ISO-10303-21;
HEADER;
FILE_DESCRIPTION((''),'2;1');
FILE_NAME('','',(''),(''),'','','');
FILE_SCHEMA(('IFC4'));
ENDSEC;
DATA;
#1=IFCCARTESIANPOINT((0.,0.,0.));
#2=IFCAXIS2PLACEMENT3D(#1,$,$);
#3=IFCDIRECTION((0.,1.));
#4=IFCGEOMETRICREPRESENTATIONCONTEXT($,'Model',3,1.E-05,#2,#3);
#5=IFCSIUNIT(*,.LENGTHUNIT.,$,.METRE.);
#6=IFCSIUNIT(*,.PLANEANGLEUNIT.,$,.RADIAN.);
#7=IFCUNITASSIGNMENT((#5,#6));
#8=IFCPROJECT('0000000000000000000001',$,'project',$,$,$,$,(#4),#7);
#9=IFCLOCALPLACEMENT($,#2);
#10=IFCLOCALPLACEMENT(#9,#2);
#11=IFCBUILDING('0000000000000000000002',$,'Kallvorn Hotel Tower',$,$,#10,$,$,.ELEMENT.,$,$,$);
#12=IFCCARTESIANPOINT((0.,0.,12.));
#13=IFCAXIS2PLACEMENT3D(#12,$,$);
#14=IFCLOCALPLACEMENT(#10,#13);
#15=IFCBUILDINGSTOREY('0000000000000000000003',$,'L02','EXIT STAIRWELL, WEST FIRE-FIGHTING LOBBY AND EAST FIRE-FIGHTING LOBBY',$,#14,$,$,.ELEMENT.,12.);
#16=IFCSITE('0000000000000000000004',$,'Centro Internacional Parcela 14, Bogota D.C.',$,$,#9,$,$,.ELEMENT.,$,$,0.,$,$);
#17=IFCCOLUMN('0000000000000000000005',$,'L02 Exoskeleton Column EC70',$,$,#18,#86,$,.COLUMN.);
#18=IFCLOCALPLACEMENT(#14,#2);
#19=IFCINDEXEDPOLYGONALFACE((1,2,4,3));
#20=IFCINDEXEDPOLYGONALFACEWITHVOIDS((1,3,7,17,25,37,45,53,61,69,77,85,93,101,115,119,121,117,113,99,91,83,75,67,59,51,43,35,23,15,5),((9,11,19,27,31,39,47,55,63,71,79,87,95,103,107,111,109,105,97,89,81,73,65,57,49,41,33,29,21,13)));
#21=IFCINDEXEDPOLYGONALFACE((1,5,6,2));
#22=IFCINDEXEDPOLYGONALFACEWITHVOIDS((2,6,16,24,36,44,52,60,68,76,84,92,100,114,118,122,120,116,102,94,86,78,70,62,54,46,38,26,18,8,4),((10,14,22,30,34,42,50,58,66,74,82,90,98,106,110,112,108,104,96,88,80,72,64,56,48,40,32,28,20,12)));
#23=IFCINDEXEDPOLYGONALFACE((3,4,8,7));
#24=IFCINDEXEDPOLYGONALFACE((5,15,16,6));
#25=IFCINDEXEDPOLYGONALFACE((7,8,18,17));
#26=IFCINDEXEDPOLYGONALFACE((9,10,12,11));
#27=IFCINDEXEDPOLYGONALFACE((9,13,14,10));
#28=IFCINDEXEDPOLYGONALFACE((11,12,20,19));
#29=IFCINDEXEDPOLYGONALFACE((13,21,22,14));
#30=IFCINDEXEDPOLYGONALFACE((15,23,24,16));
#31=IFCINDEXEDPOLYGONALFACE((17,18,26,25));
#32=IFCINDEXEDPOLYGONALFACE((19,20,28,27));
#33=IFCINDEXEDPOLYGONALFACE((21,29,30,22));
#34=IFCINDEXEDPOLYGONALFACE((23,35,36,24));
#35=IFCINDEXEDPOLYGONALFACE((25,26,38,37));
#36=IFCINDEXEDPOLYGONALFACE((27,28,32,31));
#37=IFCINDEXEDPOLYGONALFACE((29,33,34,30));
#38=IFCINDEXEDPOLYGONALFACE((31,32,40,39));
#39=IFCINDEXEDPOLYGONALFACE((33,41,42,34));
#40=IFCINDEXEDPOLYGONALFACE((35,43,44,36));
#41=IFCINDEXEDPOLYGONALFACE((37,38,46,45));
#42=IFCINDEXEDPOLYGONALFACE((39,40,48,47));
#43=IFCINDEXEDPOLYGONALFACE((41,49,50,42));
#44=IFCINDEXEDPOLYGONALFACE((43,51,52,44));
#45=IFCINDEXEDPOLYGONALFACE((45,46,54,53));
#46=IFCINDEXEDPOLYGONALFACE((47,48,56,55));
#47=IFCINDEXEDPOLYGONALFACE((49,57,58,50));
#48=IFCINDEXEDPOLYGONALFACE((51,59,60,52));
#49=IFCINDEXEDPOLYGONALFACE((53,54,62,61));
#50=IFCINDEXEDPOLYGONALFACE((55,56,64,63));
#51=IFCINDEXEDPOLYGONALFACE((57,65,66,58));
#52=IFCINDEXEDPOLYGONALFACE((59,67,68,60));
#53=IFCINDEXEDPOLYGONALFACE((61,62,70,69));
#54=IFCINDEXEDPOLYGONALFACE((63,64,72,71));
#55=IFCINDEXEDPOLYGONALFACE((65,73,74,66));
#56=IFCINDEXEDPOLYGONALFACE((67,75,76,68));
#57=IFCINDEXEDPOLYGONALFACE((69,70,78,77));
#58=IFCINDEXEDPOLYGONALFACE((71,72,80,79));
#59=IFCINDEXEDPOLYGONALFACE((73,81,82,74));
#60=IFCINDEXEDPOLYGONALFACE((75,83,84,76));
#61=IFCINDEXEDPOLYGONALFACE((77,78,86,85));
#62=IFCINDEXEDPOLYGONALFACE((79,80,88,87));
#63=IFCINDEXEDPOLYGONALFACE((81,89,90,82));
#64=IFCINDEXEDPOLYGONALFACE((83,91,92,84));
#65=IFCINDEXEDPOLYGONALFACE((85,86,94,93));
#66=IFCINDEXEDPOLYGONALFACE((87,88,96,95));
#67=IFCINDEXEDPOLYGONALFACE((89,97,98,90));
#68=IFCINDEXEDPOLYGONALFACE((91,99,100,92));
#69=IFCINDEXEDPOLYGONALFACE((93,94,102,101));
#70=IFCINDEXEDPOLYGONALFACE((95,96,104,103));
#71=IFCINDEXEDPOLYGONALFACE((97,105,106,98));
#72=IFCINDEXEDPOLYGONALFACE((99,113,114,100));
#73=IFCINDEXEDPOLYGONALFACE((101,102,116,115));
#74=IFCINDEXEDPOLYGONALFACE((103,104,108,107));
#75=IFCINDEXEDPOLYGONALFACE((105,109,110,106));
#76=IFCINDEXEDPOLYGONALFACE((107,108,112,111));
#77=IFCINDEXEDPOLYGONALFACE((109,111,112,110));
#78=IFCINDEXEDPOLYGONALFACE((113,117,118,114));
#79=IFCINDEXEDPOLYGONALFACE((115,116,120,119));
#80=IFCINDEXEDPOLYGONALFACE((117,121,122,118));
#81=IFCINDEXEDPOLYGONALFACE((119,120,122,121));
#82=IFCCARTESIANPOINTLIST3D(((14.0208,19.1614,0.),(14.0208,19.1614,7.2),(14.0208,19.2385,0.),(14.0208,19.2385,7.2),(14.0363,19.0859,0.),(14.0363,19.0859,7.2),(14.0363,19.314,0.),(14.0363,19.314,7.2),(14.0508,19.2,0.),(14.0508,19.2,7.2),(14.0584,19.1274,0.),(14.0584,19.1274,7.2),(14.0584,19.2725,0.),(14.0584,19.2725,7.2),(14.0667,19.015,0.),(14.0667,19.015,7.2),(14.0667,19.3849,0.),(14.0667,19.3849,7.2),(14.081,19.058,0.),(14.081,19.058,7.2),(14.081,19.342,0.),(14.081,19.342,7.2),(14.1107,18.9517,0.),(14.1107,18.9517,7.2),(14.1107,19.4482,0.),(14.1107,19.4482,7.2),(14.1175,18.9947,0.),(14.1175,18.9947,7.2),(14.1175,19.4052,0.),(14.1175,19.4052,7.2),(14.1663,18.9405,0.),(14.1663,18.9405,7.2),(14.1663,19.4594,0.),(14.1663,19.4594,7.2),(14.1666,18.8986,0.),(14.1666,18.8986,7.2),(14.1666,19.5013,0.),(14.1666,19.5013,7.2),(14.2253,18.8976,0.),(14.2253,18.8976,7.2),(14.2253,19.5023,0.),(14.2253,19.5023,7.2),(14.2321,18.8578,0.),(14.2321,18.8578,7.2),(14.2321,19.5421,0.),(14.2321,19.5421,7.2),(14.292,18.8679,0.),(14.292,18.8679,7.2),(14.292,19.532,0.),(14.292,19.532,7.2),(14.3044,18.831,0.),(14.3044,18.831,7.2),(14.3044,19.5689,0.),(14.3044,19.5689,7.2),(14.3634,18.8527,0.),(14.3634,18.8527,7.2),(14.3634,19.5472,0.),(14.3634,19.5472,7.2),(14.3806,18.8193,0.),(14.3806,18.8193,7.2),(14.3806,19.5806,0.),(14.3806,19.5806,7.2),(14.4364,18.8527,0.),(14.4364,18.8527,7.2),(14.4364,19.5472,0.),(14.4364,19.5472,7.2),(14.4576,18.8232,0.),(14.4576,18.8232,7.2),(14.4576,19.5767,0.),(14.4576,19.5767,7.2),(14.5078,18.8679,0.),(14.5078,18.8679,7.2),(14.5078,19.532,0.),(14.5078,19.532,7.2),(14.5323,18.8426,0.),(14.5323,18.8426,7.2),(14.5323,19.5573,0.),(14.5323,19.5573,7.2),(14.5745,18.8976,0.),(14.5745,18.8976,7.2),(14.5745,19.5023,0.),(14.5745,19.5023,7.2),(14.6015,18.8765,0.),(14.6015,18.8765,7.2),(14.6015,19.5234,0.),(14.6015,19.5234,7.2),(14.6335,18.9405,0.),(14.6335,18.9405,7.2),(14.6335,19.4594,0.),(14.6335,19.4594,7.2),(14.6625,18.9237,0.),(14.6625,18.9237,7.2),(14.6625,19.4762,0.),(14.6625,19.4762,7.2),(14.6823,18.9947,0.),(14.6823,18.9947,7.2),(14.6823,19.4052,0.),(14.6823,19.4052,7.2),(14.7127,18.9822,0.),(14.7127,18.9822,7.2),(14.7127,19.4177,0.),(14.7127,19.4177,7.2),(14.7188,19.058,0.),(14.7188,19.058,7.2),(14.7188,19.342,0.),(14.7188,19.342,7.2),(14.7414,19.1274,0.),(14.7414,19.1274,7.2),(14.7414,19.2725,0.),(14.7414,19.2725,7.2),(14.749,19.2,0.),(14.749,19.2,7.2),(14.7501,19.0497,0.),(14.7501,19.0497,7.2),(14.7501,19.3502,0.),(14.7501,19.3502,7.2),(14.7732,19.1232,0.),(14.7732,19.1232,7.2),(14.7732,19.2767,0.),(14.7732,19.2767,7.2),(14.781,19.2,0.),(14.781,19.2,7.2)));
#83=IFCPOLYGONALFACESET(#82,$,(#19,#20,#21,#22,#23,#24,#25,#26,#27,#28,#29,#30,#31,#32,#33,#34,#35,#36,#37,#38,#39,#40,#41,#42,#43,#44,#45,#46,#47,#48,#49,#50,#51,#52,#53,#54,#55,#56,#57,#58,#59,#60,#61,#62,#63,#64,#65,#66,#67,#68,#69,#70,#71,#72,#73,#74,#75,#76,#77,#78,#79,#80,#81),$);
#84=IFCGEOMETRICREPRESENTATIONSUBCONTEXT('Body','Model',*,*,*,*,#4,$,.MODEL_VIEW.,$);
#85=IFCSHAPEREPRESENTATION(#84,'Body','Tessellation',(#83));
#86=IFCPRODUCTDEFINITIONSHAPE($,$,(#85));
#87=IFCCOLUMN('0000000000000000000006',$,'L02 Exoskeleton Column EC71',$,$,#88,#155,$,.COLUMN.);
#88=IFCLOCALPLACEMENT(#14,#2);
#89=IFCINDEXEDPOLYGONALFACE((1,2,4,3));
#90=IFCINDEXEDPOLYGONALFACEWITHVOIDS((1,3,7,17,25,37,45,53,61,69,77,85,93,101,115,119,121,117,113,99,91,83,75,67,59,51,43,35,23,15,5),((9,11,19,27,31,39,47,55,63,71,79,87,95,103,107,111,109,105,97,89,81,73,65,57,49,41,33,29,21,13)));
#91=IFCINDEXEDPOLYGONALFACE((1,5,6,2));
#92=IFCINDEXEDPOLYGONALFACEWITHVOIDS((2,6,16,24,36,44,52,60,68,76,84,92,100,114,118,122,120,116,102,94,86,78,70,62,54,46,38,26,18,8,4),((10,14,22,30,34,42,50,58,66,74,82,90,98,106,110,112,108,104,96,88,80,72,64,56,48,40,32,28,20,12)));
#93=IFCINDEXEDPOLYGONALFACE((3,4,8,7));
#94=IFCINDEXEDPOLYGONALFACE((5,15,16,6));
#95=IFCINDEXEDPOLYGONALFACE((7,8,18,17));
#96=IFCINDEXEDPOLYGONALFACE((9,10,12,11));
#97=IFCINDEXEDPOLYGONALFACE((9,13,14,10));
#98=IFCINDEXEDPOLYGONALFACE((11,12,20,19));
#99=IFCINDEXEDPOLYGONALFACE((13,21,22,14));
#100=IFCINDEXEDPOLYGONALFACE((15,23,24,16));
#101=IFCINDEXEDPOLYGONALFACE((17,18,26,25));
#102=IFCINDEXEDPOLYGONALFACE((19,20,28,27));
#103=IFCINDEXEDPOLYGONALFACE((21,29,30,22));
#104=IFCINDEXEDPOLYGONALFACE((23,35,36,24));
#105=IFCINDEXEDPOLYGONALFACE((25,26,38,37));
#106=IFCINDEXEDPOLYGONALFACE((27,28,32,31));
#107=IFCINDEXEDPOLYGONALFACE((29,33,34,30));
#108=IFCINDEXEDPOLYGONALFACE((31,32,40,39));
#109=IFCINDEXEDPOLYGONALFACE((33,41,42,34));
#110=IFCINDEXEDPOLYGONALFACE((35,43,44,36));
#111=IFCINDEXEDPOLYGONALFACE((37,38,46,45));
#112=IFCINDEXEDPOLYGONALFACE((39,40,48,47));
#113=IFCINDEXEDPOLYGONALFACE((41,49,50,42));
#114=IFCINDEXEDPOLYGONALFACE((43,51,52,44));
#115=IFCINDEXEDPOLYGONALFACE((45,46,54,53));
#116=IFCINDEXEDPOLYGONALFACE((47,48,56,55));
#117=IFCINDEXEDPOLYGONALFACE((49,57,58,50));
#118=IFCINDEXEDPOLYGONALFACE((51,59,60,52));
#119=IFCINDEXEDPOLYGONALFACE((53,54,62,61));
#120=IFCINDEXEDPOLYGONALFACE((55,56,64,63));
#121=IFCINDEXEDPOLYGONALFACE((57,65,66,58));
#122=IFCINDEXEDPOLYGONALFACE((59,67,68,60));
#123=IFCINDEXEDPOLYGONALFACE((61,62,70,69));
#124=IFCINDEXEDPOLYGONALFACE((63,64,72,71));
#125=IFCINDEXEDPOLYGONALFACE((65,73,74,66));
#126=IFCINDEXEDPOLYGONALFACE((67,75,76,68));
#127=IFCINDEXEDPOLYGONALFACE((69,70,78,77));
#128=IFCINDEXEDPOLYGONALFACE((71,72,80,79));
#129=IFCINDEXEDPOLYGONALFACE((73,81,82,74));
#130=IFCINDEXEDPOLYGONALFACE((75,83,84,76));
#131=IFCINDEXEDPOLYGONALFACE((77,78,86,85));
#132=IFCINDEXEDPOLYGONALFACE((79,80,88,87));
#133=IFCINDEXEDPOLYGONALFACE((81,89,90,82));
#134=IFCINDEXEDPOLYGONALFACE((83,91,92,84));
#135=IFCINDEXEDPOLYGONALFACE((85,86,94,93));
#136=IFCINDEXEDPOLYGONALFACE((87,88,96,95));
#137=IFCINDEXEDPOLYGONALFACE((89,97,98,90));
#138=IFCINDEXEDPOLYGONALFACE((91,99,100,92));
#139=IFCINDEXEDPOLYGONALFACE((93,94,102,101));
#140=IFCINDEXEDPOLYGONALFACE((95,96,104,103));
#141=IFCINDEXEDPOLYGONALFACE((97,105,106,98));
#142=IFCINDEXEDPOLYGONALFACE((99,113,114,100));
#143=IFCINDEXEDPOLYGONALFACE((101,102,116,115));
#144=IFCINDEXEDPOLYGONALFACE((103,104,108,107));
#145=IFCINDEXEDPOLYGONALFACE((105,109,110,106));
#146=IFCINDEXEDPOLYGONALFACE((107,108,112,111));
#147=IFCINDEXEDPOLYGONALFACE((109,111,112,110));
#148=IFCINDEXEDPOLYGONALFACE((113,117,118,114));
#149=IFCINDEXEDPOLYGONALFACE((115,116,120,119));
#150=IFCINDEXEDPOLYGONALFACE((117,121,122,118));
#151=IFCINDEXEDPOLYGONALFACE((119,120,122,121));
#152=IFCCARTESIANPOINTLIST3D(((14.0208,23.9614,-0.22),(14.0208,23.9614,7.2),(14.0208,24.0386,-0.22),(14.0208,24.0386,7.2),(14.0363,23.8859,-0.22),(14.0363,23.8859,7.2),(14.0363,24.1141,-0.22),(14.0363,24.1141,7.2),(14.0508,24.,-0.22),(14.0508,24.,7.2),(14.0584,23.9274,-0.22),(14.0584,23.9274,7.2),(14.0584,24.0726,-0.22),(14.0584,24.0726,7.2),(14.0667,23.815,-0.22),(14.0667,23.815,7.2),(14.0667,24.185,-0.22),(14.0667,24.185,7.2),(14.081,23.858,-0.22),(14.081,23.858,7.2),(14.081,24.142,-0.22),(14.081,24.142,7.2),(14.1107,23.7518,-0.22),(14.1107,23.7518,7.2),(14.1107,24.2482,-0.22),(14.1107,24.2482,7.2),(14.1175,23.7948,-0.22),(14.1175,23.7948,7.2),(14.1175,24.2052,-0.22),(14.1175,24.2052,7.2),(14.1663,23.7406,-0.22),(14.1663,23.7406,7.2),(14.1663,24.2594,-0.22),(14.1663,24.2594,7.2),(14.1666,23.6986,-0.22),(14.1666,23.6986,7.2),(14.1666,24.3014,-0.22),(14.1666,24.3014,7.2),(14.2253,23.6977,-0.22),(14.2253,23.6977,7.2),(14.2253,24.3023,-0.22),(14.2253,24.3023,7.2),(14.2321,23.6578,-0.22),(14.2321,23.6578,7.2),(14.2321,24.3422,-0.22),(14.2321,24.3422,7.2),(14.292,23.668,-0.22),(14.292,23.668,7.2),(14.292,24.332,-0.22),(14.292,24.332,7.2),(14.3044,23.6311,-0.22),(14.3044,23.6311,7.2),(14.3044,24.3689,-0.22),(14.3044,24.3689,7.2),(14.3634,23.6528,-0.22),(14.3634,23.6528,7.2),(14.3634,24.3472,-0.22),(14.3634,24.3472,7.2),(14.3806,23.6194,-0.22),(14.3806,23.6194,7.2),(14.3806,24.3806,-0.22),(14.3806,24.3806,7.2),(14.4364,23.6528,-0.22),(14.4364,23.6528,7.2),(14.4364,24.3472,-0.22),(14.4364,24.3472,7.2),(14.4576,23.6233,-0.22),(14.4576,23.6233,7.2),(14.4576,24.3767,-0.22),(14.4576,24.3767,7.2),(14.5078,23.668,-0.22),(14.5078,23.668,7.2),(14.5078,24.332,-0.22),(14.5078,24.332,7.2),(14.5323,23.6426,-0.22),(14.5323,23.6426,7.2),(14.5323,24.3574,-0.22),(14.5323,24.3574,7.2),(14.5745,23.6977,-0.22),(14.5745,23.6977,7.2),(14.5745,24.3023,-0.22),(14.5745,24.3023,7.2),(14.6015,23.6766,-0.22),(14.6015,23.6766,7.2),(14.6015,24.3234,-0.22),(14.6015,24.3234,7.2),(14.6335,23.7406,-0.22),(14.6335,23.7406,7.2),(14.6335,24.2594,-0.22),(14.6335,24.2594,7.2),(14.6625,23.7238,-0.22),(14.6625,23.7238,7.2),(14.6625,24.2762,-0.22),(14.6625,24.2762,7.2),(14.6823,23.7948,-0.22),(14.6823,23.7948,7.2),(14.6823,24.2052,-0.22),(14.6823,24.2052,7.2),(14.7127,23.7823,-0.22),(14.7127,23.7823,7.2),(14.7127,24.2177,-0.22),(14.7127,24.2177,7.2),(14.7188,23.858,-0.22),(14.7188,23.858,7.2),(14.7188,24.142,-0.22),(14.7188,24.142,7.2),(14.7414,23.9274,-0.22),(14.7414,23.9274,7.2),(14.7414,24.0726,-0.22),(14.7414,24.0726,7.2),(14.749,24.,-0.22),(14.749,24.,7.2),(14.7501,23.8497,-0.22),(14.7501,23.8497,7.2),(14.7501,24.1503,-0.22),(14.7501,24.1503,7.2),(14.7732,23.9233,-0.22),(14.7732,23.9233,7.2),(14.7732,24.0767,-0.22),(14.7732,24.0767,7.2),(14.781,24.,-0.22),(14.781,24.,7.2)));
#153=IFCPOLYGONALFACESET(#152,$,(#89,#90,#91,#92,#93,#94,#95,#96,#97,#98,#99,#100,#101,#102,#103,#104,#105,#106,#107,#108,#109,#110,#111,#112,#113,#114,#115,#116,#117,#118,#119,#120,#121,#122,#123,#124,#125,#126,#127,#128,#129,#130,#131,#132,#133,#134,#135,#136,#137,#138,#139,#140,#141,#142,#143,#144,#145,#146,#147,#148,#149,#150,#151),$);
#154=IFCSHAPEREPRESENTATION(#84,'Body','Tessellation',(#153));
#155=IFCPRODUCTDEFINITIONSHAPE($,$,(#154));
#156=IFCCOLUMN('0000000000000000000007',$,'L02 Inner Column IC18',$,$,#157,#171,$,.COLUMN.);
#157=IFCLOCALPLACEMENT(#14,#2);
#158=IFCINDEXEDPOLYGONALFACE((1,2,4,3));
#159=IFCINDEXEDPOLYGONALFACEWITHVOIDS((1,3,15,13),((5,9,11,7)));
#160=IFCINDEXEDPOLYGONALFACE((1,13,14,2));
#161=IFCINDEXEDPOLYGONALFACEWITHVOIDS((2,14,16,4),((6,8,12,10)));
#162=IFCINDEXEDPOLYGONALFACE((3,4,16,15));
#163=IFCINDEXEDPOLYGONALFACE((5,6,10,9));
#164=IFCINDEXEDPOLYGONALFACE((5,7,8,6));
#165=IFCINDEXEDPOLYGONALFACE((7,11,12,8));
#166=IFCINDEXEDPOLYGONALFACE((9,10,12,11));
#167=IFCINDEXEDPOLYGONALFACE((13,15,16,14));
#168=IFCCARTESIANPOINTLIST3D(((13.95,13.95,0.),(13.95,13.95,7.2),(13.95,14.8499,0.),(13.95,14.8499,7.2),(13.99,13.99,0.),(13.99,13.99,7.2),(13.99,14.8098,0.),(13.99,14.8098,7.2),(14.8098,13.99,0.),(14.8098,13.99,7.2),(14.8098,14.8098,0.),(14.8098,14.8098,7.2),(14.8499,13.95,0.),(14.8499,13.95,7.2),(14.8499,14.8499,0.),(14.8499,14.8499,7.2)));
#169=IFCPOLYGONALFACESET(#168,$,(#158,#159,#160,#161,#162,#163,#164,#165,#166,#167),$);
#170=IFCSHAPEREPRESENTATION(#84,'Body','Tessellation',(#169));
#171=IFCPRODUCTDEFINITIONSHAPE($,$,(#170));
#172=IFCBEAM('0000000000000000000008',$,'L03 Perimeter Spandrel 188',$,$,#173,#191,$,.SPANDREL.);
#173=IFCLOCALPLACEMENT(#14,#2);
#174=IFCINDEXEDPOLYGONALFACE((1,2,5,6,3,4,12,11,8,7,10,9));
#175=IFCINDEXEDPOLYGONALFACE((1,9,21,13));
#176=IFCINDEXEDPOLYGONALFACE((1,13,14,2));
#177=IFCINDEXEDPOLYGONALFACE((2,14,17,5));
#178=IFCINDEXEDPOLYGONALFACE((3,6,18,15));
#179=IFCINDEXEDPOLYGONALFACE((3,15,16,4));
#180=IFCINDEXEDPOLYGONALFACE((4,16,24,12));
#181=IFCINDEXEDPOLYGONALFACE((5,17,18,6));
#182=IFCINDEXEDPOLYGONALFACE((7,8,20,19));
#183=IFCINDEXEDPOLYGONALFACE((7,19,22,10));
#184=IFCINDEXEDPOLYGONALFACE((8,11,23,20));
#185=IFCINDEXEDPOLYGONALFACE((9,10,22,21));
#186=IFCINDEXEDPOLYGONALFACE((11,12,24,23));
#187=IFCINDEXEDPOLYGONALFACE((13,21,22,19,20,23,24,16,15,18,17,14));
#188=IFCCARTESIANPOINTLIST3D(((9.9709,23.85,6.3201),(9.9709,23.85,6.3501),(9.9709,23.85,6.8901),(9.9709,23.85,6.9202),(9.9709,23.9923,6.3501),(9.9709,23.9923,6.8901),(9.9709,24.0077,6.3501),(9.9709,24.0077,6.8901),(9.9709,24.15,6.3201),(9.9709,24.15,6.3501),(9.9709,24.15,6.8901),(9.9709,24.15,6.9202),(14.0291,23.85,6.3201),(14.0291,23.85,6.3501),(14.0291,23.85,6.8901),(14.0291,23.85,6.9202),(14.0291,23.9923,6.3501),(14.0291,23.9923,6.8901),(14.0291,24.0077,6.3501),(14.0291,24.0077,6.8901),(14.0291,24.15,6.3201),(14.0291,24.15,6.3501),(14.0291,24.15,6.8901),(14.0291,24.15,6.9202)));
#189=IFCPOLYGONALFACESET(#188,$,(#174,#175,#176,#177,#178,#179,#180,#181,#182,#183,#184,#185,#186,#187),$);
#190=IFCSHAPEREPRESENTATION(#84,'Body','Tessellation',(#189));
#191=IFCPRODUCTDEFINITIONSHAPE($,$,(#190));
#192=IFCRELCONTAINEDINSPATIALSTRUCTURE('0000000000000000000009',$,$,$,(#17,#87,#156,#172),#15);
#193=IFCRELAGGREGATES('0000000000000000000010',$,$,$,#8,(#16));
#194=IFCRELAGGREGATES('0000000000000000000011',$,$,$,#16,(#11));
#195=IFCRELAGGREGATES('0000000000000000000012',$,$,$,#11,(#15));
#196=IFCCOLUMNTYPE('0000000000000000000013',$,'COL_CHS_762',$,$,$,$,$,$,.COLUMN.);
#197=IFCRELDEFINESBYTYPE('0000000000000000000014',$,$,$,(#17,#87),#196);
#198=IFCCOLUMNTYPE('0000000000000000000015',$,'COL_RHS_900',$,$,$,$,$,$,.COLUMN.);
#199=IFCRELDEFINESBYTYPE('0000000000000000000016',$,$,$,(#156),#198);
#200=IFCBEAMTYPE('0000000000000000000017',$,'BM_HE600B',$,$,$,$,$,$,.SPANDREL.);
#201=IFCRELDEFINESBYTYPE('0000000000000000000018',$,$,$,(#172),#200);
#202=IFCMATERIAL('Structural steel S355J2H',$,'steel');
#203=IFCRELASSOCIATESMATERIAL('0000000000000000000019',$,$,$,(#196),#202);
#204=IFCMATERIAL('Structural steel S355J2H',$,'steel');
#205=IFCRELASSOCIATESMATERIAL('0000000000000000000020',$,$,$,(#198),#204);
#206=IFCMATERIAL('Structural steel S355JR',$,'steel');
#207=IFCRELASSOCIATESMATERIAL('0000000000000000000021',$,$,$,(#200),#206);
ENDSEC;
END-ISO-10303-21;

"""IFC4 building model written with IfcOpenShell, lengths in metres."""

from ifc_helpers import new_model, si_unit, direction, frame, origin, origin_2d, place, context, subcontext, project, spatial, hollow_rectangle, hollow_circle, i_section, extrude, material, material_profile, profile_set, type_object, element, save


model = new_model("IFC4")

# Units and contexts
model_context = context("Model", 3, precision=1e-05, world=origin(), true_north=direction((0.0, 1.0)))
body_context = subcontext(model_context, "Body", "Model", "MODEL_VIEW")
ifc_project = project(units=[si_unit("LENGTHUNIT", "METRE"), si_unit("PLANEANGLEUNIT", "RADIAN")], contexts=[model_context])

# Site, building, storey
site_placement = place(None, origin())
site = spatial("IfcSite", under=ifc_project, at=site_placement, Name="Centro Internacional Parcela 14, Bogota D.C.", CompositionType="ELEMENT", RefElevation=0.0)
building_placement = place(site_placement, origin())
building = spatial("IfcBuilding", under=site, at=building_placement, Name="Kallvorn Hotel Tower", CompositionType="ELEMENT")
storey_placement = place(building_placement, frame((0.0, 0.0, 12.0)))
storey = spatial("IfcBuildingStorey", under=building, at=storey_placement, Name="L02", Description="EXIT STAIRWELL, WEST FIRE-FIGHTING LOBBY AND EAST FIRE-FIGHTING LOBBY", CompositionType="ELEMENT", Elevation=12.0)

# Columns
ifc_material_1 = material(Name="Structural steel S355J2H", Category="steel")
ifc_material_profile_1 = material_profile(ifc_material_1, hollow_circle(Radius=0.3811, WallThickness=0.032, at=origin_2d()), Name="CHS 762x32")
ifc_profile_set_1 = profile_set([ifc_material_profile_1], Name="Structural steel S355J2H")
column_type_1 = type_object("IfcColumnType", Name="COL_CHS_762", PredefinedType="COLUMN", material=ifc_profile_set_1)
column_1_placement = place(storey_placement, frame((14.3999, 19.2, 0.0), z_axis=(0.0, 0.0, 1.0), x_axis=(1.0, 0.0, 0.0)))
element("IfcColumn", 1, at=column_1_placement, inside=storey, type_object=column_type_1, Name="L02 Exoskeleton Column EC70", PredefinedType="COLUMN", context=body_context, shape_type="SweptSolid", body=[
    extrude(hollow_circle(Radius=0.3811, WallThickness=0.032, at=origin_2d()), origin(), (0.0, 0.0, 1.0), 7.2),
])
column_2_placement = place(storey_placement, frame((14.3999, 24.0, -0.22), z_axis=(0.0, 0.0, 1.0), x_axis=(1.0, 0.0, 0.0)))
element("IfcColumn", 2, at=column_2_placement, inside=storey, type_object=column_type_1, Name="L02 Exoskeleton Column EC71", PredefinedType="COLUMN", context=body_context, shape_type="SweptSolid", body=[
    extrude(hollow_circle(Radius=0.3811, WallThickness=0.032, at=origin_2d()), origin(), (0.0, 0.0, 1.0), 7.4199),
])
ifc_material_2 = material(Name="Structural steel S355J2H", Category="steel")
ifc_material_profile_2 = material_profile(ifc_material_2, hollow_rectangle(XDim=0.8999, YDim=0.8999, WallThickness=0.04, at=origin_2d()), Name="RHS 900x900x40")
ifc_profile_set_2 = profile_set([ifc_material_profile_2], Name="Structural steel S355J2H")
column_type_2 = type_object("IfcColumnType", Name="COL_RHS_900", PredefinedType="COLUMN", material=ifc_profile_set_2)
column_3_placement = place(storey_placement, frame((14.3999, 14.3999, 0.0), z_axis=(0.0, 0.0, 1.0), x_axis=(1.0, 0.0, 0.0)))
element("IfcColumn", 3, at=column_3_placement, inside=storey, type_object=column_type_2, Name="L02 Inner Column IC18", PredefinedType="COLUMN", context=body_context, shape_type="SweptSolid", body=[
    extrude(hollow_rectangle(XDim=0.8999, YDim=0.8999, WallThickness=0.04, at=origin_2d()), origin(), (0.0, 0.0, 1.0), 7.2),
])

# Beam
ifc_material_3 = material(Name="Structural steel S355JR", Category="steel")
ifc_material_profile_3 = material_profile(ifc_material_3, i_section(OverallWidth=0.3, OverallDepth=0.6001, WebThickness=0.0154, FlangeThickness=0.03, at=origin_2d()), Name="HE 600 B")
ifc_profile_set_3 = profile_set([ifc_material_profile_3], Name="Structural steel S355JR")
beam_type_1 = type_object("IfcBeamType", Name="BM_HE600B", PredefinedType="SPANDREL", material=ifc_profile_set_3)
beam_1_placement = place(storey_placement, frame((9.9709, 24.0, 6.6201), z_axis=(1.0, 0.0, 0.0), x_axis=(0.0, 1.0, 0.0)))
element("IfcBeam", 4, at=beam_1_placement, inside=storey, type_object=beam_type_1, Name="L03 Perimeter Spandrel 188", PredefinedType="SPANDREL", context=body_context, shape_type="SweptSolid", body=[
    extrude(i_section(OverallWidth=0.3, OverallDepth=0.6001, WebThickness=0.0154, FlangeThickness=0.03, at=origin_2d()), origin(), (0.0, 0.0, 1.0), 4.0581),
])

save(model, "model.ifc")
